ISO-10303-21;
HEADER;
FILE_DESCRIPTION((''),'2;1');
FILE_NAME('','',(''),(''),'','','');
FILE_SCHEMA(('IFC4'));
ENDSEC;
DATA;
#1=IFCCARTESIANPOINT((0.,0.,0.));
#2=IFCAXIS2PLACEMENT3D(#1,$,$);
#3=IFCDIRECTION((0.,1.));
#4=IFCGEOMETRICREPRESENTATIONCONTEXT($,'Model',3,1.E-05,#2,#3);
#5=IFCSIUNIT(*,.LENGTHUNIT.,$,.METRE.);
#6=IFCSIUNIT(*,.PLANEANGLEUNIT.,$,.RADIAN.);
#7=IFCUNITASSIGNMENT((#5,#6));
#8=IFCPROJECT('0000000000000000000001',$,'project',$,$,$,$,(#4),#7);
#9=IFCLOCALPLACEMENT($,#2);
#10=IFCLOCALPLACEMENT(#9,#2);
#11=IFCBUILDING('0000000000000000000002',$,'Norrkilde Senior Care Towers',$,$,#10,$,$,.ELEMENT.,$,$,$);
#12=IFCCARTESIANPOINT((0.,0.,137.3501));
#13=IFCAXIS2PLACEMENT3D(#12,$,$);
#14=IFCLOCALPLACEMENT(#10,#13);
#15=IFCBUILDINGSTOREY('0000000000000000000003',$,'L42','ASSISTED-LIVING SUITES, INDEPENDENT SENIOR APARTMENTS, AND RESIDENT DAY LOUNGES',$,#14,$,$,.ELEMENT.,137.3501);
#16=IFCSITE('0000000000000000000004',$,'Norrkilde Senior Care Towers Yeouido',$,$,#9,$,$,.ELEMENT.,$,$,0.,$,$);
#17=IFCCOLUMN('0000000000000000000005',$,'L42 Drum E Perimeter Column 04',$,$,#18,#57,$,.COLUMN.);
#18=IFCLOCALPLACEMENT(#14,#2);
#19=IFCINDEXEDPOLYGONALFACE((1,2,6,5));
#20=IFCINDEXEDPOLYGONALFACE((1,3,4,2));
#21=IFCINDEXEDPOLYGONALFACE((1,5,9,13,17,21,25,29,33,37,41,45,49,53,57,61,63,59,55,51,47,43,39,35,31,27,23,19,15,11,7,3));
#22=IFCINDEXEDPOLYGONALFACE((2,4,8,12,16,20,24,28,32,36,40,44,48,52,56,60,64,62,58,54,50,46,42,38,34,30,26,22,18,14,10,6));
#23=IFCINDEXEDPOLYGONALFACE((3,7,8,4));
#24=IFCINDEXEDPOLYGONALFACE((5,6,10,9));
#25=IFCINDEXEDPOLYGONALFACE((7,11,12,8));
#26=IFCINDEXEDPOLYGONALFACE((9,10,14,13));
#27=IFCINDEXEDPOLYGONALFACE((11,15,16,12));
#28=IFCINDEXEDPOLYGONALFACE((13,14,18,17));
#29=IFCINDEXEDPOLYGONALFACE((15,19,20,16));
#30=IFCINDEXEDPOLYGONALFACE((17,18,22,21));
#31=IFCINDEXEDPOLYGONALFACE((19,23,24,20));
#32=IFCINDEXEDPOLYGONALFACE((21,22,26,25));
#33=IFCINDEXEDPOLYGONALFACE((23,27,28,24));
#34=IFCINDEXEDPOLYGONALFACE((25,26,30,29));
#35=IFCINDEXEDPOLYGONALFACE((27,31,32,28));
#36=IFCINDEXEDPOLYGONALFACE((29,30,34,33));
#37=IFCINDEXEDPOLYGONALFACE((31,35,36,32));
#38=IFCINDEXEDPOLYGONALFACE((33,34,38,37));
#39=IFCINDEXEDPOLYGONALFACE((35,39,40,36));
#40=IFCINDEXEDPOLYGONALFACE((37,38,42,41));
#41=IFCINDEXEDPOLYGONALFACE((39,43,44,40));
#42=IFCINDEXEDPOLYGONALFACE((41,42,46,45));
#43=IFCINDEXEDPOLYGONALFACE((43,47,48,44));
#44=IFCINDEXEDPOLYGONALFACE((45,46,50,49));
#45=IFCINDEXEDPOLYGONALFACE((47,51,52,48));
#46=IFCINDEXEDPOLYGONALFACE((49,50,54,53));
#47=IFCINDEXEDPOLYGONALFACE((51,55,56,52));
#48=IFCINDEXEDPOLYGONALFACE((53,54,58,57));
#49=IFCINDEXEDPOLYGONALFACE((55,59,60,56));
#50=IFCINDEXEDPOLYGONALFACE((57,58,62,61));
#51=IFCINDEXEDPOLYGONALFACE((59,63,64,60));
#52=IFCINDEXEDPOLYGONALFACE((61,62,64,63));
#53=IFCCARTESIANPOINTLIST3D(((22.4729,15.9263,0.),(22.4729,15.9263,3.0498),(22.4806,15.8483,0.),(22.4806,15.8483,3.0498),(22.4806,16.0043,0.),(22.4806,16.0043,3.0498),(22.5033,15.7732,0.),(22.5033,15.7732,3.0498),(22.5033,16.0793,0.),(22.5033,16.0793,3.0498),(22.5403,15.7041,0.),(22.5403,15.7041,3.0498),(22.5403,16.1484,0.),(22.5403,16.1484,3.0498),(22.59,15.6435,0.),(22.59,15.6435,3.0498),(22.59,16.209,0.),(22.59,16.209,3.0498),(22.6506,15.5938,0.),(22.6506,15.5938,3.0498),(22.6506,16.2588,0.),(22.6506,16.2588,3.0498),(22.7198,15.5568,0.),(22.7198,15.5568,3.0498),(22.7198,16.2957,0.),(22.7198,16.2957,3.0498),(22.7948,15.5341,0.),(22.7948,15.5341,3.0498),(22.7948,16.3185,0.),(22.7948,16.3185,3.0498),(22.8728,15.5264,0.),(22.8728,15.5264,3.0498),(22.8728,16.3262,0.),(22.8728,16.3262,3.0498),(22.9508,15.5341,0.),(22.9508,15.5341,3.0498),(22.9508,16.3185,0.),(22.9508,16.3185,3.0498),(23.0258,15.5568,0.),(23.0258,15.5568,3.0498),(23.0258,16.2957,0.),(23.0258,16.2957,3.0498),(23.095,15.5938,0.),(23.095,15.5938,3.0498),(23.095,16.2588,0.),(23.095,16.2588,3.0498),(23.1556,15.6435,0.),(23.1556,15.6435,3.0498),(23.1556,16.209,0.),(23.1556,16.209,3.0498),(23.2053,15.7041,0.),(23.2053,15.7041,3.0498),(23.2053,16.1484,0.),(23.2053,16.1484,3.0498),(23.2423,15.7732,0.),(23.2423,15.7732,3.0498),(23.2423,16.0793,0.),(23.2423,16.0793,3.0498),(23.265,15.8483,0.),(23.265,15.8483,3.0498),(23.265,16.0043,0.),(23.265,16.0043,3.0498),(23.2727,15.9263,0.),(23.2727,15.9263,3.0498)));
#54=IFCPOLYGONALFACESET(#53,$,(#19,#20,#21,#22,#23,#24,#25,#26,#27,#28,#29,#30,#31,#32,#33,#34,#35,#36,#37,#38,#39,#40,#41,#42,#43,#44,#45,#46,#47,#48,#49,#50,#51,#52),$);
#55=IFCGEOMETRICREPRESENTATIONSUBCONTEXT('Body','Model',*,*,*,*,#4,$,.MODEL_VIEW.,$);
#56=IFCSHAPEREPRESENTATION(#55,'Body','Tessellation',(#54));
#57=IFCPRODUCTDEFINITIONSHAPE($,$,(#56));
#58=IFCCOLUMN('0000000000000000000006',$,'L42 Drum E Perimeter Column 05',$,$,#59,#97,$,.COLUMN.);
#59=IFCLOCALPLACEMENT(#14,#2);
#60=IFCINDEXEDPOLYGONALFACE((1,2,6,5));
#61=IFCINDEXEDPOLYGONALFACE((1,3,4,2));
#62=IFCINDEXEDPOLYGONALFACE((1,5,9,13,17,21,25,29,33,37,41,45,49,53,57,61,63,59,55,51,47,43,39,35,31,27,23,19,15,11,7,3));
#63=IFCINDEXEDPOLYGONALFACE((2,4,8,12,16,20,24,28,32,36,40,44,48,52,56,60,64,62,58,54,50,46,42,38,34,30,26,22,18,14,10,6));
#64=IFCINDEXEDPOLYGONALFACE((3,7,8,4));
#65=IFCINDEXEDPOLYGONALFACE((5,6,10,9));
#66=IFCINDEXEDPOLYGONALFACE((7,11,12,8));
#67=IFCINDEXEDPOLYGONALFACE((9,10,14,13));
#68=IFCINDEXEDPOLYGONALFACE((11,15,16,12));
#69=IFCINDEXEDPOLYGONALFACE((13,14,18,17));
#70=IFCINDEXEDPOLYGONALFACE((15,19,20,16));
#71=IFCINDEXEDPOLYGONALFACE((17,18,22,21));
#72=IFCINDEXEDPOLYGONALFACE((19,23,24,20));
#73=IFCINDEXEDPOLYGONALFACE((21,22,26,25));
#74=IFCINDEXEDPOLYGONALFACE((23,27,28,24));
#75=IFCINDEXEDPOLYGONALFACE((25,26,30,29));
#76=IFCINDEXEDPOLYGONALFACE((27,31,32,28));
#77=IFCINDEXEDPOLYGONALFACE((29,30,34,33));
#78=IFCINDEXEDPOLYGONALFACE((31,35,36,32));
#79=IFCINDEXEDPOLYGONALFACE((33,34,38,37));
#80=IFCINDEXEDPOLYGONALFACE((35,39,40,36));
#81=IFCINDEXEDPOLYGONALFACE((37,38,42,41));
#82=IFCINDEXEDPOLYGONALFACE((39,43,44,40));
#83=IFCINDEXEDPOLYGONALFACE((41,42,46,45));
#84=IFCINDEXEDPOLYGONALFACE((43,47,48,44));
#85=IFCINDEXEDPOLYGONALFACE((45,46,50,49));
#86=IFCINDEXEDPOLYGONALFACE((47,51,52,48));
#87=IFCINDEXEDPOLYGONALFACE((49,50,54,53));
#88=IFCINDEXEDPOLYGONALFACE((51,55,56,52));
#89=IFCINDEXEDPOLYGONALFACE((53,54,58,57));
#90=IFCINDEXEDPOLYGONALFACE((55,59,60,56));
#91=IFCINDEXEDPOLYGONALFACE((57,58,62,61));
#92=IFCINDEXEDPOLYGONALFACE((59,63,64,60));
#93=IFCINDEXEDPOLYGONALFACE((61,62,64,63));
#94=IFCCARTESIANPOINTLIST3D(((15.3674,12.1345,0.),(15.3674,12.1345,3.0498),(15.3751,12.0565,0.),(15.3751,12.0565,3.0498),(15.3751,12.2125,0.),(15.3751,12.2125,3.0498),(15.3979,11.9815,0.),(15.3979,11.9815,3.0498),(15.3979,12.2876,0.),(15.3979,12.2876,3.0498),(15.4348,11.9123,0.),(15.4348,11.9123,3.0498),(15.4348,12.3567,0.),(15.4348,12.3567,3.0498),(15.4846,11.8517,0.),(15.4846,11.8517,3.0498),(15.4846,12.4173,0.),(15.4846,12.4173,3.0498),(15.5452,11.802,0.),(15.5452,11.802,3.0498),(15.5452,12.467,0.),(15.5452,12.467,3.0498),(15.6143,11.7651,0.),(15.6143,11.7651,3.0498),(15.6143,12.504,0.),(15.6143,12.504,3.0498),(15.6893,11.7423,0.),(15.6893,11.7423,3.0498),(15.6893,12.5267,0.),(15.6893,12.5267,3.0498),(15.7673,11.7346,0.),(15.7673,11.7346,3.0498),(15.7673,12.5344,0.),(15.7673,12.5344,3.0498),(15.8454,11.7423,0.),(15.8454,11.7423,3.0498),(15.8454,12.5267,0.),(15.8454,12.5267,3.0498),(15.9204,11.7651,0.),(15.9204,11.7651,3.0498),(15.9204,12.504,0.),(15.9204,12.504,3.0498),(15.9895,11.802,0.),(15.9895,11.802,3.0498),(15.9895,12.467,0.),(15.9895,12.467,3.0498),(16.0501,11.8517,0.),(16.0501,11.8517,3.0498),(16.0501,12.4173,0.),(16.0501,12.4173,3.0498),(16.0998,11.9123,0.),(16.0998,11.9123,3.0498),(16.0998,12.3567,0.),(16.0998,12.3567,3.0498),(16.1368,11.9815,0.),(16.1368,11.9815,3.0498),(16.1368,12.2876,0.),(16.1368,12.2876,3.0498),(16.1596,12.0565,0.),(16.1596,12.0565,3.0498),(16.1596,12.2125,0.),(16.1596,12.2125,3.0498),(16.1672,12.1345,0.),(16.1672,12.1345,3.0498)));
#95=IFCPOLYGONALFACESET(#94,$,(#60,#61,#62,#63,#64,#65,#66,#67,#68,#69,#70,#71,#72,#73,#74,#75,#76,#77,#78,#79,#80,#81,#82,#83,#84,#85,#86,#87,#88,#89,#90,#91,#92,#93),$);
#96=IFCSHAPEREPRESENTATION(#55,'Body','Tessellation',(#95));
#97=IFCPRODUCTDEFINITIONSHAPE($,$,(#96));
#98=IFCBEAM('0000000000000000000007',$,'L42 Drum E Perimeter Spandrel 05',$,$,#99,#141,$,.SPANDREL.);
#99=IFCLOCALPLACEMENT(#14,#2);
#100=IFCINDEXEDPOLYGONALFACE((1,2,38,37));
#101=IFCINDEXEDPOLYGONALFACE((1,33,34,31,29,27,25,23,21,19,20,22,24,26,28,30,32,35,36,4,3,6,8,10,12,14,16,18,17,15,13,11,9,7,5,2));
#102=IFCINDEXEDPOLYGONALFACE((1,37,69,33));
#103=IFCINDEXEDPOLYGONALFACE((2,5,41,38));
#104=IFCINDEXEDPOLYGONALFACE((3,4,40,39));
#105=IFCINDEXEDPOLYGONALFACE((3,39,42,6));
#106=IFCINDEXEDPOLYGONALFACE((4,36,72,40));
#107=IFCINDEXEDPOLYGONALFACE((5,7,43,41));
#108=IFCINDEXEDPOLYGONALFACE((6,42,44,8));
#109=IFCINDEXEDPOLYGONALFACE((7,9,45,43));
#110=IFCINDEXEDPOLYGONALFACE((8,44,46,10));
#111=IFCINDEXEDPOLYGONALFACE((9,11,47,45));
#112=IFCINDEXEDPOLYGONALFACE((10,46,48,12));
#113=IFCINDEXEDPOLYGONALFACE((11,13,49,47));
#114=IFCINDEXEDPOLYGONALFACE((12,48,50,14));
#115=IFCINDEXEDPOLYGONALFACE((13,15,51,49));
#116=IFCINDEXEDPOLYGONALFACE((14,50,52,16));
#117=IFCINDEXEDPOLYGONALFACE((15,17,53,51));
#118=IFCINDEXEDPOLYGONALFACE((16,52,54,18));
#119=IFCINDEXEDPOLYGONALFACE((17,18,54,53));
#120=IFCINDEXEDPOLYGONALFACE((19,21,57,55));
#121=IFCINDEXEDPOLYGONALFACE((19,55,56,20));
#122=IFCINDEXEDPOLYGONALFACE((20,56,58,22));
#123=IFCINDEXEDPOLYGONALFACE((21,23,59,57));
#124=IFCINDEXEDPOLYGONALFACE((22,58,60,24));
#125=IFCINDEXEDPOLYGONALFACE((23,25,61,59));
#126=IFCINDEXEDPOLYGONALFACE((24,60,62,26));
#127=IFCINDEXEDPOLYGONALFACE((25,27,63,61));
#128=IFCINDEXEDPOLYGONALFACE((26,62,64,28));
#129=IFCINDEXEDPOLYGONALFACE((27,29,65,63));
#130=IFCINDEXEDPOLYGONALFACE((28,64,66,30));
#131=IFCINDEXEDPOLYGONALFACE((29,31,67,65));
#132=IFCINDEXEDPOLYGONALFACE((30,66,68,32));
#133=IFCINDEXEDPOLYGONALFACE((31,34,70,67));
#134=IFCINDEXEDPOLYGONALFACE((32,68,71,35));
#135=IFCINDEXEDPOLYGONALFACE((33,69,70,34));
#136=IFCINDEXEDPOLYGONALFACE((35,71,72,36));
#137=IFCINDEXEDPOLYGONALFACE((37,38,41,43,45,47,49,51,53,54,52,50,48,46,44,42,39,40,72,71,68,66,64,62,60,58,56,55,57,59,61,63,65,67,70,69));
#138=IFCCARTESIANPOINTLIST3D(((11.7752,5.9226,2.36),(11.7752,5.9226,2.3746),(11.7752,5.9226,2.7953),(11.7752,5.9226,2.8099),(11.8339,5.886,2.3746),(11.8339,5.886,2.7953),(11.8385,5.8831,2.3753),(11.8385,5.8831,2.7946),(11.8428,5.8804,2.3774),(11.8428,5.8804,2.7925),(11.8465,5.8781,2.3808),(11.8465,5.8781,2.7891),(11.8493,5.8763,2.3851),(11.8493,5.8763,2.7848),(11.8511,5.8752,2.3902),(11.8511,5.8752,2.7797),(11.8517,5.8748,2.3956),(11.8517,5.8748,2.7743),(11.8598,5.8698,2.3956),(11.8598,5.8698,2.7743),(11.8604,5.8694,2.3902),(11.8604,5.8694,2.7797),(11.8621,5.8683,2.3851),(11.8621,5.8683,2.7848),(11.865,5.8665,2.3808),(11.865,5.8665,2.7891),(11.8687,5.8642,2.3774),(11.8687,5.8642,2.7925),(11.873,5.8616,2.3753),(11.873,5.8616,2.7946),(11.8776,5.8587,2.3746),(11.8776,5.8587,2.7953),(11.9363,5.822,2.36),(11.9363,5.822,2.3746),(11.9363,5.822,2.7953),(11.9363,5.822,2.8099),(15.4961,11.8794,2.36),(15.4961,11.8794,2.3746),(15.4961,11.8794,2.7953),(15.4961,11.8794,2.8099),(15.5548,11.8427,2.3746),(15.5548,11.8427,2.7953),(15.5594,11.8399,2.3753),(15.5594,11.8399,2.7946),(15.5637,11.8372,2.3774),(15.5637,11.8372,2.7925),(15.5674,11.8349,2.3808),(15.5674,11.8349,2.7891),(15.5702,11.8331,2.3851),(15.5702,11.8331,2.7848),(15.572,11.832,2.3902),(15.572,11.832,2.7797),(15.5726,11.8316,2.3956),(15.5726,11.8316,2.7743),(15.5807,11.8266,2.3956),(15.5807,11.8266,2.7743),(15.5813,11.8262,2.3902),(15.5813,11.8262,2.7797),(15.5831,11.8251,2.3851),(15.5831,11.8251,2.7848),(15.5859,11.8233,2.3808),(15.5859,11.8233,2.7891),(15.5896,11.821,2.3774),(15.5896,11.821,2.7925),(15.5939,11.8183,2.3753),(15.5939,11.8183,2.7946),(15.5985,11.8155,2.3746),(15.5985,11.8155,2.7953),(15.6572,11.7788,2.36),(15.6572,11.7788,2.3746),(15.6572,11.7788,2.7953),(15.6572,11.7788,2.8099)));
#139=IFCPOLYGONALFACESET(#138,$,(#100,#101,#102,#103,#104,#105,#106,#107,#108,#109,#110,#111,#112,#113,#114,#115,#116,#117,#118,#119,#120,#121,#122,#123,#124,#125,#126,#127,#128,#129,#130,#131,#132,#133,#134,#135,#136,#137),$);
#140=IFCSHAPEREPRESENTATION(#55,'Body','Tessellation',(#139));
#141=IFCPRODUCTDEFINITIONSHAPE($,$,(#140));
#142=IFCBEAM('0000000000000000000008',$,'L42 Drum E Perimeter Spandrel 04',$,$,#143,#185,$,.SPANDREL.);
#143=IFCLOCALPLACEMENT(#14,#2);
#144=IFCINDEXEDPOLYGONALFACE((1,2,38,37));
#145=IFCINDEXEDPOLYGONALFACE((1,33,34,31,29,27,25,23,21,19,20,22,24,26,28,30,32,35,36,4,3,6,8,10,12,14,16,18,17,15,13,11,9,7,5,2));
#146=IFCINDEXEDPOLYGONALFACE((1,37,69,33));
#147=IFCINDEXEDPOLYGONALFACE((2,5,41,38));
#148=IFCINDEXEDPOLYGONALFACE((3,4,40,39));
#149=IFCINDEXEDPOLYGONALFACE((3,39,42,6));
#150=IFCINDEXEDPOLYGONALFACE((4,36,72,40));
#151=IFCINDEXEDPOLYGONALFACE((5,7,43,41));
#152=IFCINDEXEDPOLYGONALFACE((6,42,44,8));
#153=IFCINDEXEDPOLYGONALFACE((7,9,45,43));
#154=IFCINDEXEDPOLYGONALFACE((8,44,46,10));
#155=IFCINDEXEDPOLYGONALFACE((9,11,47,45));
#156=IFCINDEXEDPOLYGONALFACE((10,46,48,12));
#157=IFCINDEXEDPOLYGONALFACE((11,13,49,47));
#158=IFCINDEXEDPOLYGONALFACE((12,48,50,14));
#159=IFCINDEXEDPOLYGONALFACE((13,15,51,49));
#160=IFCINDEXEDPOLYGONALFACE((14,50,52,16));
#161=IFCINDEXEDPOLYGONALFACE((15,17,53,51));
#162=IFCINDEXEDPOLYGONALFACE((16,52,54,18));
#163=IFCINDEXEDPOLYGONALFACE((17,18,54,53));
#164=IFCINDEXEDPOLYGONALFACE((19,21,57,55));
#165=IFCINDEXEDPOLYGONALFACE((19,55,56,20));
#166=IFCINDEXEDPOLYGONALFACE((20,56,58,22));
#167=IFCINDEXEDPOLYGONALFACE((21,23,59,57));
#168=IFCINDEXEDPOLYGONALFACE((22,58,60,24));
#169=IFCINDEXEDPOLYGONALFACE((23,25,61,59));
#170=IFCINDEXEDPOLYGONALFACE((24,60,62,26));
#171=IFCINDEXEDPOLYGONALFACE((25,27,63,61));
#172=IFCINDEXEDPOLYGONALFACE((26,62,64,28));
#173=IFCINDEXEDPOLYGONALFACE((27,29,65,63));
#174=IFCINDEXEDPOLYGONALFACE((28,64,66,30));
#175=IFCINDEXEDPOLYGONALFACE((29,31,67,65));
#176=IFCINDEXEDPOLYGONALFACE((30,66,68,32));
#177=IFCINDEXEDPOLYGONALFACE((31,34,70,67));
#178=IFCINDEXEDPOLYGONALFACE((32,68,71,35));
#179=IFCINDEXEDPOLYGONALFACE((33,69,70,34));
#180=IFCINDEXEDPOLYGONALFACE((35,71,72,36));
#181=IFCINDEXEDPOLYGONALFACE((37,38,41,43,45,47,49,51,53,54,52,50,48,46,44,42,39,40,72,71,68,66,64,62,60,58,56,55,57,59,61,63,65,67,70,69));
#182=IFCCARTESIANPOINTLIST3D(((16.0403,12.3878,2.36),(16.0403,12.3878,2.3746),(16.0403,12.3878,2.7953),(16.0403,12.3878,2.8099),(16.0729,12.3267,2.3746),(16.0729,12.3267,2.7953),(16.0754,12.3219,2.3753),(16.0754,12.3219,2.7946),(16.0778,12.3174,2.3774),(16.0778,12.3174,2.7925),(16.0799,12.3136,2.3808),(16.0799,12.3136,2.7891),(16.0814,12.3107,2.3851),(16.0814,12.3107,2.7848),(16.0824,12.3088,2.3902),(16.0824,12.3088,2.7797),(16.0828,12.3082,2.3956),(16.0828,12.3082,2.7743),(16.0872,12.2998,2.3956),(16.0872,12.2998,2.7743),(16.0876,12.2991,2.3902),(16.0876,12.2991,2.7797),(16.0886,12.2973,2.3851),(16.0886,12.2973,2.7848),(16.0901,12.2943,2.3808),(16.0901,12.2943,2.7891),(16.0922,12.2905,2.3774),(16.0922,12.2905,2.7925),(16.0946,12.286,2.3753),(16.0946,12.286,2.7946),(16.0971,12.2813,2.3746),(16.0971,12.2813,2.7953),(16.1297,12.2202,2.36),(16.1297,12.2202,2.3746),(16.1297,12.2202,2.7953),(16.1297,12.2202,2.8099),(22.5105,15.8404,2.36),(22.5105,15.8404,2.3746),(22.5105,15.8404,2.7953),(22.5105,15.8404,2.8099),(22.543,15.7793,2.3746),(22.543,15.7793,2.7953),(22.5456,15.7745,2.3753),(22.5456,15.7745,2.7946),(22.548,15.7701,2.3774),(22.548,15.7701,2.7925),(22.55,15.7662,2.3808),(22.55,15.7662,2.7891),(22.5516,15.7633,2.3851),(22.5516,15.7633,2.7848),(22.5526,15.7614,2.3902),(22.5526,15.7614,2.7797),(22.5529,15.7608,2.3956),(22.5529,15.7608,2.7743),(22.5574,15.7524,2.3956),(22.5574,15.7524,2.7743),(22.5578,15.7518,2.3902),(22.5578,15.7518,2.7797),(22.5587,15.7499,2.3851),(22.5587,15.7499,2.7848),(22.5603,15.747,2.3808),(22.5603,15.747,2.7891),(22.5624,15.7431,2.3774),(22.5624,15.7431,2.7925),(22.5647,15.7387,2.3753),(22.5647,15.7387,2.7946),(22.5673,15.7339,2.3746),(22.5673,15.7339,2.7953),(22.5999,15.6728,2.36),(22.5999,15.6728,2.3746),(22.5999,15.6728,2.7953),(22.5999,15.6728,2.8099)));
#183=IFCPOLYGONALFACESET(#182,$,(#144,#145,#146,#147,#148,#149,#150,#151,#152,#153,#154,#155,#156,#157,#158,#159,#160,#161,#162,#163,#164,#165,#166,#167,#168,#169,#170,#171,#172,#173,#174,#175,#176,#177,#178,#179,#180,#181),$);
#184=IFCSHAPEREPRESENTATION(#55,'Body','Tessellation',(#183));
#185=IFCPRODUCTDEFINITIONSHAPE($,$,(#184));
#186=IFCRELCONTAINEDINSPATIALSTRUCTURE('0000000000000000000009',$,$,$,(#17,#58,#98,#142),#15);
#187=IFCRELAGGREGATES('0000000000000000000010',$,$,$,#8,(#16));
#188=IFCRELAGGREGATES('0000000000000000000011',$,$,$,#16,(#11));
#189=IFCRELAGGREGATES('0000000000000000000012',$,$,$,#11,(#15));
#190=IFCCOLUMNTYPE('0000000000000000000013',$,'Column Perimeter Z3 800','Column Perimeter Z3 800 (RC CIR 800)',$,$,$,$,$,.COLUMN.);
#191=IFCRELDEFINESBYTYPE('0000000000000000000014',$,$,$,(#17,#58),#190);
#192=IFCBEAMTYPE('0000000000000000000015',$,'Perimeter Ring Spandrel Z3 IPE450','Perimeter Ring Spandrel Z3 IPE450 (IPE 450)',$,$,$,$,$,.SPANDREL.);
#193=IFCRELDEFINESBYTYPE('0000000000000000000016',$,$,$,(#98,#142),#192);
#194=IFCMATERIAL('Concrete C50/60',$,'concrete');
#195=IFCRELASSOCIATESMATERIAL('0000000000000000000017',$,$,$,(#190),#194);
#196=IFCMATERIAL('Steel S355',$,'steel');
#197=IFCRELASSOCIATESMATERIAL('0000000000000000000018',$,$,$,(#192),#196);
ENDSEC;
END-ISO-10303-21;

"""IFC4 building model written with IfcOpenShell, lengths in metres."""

from ifc_helpers import new_model, si_unit, direction, frame, origin, origin_2d, place, context, subcontext, project, spatial, circle, i_section, extrude, source, transform, mapped, material, material_profile, profile_set, type_object, type_shapes, element, save


model = new_model("IFC4")

# Units and contexts
model_context = context("Model", 3, precision=1e-05, world=origin(), true_north=direction((0.0, 1.0)))
body_context = subcontext(model_context, "Body", "Model", "MODEL_VIEW")
ifc_project = project(units=[si_unit("LENGTHUNIT", "METRE"), si_unit("PLANEANGLEUNIT", "RADIAN")], contexts=[model_context])

# Site, building, storey
site_placement = place(None, origin())
site = spatial("IfcSite", under=ifc_project, at=site_placement, Name="Norrkilde Senior Care Towers Yeouido", CompositionType="ELEMENT", RefElevation=0.0)
building_placement = place(site_placement, origin())
building = spatial("IfcBuilding", under=site, at=building_placement, Name="Norrkilde Senior Care Towers", CompositionType="ELEMENT")
storey_placement = place(building_placement, frame((0.0, 0.0, 137.3501)))
storey = spatial("IfcBuildingStorey", under=building, at=storey_placement, Name="L42", Description="ASSISTED-LIVING SUITES, INDEPENDENT SENIOR APARTMENTS, AND RESIDENT DAY LOUNGES", CompositionType="ELEMENT", Elevation=137.3501)

# Columns
ifc_material_1 = material(Name="Concrete C50/60", Category="concrete")
ifc_material_profile_1 = material_profile(ifc_material_1, circle(Radius=0.3999, at=origin_2d()), Name="RC CIR 800")
ifc_profile_set_1 = profile_set([ifc_material_profile_1], Name="Concrete C50/60")
column_type = type_object("IfcColumnType", Name="Column Perimeter Z3 800", Description="Column Perimeter Z3 800 (RC CIR 800)", PredefinedType="COLUMN", material=ifc_profile_set_1)
shared_shape_1 = source(origin(), body_context, "Body", "SweptSolid", [
    extrude(circle(Radius=0.3999, at=origin_2d()), origin(), (0.0, 0.0, 1.0), 3.0498),
])
type_shapes(column_type, [shared_shape_1])
for number, where, z_axis, x_axis, name in (
    (1, (22.8728, 15.9263, 0.0), (0.0, 0.0, 1.0), (1.0, 0.0, 0.0), "L42 Drum E Perimeter Column 04"),
    (2, (15.7673, 12.1345, 0.0), (0.0, 0.0, 1.0), (1.0, 0.0, 0.0), "L42 Drum E Perimeter Column 05"),
):
    element("IfcColumn", number, at=place(storey_placement, frame(where, z_axis=z_axis, x_axis=x_axis)), inside=storey, type_object=column_type, Name=name, PredefinedType="COLUMN", context=body_context, shape_type="MappedRepresentation", body=[
        mapped(shared_shape_1, transform((0.0, 0.0, 0.0), x_axis=(1.0, 0.0, 0.0), y_axis=(0.0, 1.0, 0.0), z_axis=(0.0, 0.0, 1.0), scale=1.0)),
    ])

# Beams
ifc_material_2 = material(Name="Steel S355", Category="steel")
ifc_material_profile_2 = material_profile(ifc_material_2, i_section(OverallWidth=0.1899, OverallDepth=0.45, WebThickness=0.0095, FlangeThickness=0.0146, FilletRadius=0.021, at=origin_2d()), Name="IPE 450")
ifc_profile_set_2 = profile_set([ifc_material_profile_2], Name="Steel S355")
beam_type_1 = type_object("IfcBeamType", Name="Perimeter Ring Spandrel Z3 IPE450", Description="Perimeter Ring Spandrel Z3 IPE450 (IPE 450)", PredefinedType="SPANDREL", material=ifc_profile_set_2)
shared_shape_2 = source(origin(), body_context, "Body", "SweptSolid", [
    extrude(i_section(OverallWidth=0.1899, OverallDepth=0.45, WebThickness=0.0095, FlangeThickness=0.0146, FilletRadius=0.021, at=origin_2d()), origin(), (0.0, 0.0, 1.0), 7.0234),
])
beam_1_placement = place(storey_placement, frame((15.5767, 11.8291, 2.585), z_axis=(-0.52979, -0.848129, 0.0), x_axis=(0.848129, -0.52979, 0.0)))
element("IfcBeam", 3, at=beam_1_placement, inside=storey, type_object=beam_type_1, Name="L42 Drum E Perimeter Spandrel 05", PredefinedType="SPANDREL", context=body_context, shape_type="MappedRepresentation", body=[
    mapped(shared_shape_2, transform((0.0, 0.0, 0.0), x_axis=(1.0, 0.0, 0.0), y_axis=(0.0, 1.0, 0.0), z_axis=(0.0, 0.0, 1.0), scale=1.0)),
])
shared_shape_3 = source(origin(), body_context, "Body", "SweptSolid", [
    extrude(i_section(OverallWidth=0.1899, OverallDepth=0.45, WebThickness=0.0095, FlangeThickness=0.0146, FilletRadius=0.021, at=origin_2d()), origin(), (0.0, 0.0, 1.0), 7.3337),
])
type_shapes(beam_type_1, [shared_shape_2, shared_shape_3])
beam_2_placement = place(storey_placement, frame((22.5552, 15.7566, 2.585), z_axis=(-0.882248, -0.470785, 0.0), x_axis=(0.470785, -0.882248, 0.0)))
element("IfcBeam", 4, at=beam_2_placement, inside=storey, type_object=beam_type_1, Name="L42 Drum E Perimeter Spandrel 04", PredefinedType="SPANDREL", context=body_context, shape_type="MappedRepresentation", body=[
    mapped(shared_shape_3, transform((0.0, 0.0, 0.0), x_axis=(1.0, 0.0, 0.0), y_axis=(0.0, 1.0, 0.0), z_axis=(0.0, 0.0, 1.0), scale=1.0)),
])

save(model, "model.ifc")
